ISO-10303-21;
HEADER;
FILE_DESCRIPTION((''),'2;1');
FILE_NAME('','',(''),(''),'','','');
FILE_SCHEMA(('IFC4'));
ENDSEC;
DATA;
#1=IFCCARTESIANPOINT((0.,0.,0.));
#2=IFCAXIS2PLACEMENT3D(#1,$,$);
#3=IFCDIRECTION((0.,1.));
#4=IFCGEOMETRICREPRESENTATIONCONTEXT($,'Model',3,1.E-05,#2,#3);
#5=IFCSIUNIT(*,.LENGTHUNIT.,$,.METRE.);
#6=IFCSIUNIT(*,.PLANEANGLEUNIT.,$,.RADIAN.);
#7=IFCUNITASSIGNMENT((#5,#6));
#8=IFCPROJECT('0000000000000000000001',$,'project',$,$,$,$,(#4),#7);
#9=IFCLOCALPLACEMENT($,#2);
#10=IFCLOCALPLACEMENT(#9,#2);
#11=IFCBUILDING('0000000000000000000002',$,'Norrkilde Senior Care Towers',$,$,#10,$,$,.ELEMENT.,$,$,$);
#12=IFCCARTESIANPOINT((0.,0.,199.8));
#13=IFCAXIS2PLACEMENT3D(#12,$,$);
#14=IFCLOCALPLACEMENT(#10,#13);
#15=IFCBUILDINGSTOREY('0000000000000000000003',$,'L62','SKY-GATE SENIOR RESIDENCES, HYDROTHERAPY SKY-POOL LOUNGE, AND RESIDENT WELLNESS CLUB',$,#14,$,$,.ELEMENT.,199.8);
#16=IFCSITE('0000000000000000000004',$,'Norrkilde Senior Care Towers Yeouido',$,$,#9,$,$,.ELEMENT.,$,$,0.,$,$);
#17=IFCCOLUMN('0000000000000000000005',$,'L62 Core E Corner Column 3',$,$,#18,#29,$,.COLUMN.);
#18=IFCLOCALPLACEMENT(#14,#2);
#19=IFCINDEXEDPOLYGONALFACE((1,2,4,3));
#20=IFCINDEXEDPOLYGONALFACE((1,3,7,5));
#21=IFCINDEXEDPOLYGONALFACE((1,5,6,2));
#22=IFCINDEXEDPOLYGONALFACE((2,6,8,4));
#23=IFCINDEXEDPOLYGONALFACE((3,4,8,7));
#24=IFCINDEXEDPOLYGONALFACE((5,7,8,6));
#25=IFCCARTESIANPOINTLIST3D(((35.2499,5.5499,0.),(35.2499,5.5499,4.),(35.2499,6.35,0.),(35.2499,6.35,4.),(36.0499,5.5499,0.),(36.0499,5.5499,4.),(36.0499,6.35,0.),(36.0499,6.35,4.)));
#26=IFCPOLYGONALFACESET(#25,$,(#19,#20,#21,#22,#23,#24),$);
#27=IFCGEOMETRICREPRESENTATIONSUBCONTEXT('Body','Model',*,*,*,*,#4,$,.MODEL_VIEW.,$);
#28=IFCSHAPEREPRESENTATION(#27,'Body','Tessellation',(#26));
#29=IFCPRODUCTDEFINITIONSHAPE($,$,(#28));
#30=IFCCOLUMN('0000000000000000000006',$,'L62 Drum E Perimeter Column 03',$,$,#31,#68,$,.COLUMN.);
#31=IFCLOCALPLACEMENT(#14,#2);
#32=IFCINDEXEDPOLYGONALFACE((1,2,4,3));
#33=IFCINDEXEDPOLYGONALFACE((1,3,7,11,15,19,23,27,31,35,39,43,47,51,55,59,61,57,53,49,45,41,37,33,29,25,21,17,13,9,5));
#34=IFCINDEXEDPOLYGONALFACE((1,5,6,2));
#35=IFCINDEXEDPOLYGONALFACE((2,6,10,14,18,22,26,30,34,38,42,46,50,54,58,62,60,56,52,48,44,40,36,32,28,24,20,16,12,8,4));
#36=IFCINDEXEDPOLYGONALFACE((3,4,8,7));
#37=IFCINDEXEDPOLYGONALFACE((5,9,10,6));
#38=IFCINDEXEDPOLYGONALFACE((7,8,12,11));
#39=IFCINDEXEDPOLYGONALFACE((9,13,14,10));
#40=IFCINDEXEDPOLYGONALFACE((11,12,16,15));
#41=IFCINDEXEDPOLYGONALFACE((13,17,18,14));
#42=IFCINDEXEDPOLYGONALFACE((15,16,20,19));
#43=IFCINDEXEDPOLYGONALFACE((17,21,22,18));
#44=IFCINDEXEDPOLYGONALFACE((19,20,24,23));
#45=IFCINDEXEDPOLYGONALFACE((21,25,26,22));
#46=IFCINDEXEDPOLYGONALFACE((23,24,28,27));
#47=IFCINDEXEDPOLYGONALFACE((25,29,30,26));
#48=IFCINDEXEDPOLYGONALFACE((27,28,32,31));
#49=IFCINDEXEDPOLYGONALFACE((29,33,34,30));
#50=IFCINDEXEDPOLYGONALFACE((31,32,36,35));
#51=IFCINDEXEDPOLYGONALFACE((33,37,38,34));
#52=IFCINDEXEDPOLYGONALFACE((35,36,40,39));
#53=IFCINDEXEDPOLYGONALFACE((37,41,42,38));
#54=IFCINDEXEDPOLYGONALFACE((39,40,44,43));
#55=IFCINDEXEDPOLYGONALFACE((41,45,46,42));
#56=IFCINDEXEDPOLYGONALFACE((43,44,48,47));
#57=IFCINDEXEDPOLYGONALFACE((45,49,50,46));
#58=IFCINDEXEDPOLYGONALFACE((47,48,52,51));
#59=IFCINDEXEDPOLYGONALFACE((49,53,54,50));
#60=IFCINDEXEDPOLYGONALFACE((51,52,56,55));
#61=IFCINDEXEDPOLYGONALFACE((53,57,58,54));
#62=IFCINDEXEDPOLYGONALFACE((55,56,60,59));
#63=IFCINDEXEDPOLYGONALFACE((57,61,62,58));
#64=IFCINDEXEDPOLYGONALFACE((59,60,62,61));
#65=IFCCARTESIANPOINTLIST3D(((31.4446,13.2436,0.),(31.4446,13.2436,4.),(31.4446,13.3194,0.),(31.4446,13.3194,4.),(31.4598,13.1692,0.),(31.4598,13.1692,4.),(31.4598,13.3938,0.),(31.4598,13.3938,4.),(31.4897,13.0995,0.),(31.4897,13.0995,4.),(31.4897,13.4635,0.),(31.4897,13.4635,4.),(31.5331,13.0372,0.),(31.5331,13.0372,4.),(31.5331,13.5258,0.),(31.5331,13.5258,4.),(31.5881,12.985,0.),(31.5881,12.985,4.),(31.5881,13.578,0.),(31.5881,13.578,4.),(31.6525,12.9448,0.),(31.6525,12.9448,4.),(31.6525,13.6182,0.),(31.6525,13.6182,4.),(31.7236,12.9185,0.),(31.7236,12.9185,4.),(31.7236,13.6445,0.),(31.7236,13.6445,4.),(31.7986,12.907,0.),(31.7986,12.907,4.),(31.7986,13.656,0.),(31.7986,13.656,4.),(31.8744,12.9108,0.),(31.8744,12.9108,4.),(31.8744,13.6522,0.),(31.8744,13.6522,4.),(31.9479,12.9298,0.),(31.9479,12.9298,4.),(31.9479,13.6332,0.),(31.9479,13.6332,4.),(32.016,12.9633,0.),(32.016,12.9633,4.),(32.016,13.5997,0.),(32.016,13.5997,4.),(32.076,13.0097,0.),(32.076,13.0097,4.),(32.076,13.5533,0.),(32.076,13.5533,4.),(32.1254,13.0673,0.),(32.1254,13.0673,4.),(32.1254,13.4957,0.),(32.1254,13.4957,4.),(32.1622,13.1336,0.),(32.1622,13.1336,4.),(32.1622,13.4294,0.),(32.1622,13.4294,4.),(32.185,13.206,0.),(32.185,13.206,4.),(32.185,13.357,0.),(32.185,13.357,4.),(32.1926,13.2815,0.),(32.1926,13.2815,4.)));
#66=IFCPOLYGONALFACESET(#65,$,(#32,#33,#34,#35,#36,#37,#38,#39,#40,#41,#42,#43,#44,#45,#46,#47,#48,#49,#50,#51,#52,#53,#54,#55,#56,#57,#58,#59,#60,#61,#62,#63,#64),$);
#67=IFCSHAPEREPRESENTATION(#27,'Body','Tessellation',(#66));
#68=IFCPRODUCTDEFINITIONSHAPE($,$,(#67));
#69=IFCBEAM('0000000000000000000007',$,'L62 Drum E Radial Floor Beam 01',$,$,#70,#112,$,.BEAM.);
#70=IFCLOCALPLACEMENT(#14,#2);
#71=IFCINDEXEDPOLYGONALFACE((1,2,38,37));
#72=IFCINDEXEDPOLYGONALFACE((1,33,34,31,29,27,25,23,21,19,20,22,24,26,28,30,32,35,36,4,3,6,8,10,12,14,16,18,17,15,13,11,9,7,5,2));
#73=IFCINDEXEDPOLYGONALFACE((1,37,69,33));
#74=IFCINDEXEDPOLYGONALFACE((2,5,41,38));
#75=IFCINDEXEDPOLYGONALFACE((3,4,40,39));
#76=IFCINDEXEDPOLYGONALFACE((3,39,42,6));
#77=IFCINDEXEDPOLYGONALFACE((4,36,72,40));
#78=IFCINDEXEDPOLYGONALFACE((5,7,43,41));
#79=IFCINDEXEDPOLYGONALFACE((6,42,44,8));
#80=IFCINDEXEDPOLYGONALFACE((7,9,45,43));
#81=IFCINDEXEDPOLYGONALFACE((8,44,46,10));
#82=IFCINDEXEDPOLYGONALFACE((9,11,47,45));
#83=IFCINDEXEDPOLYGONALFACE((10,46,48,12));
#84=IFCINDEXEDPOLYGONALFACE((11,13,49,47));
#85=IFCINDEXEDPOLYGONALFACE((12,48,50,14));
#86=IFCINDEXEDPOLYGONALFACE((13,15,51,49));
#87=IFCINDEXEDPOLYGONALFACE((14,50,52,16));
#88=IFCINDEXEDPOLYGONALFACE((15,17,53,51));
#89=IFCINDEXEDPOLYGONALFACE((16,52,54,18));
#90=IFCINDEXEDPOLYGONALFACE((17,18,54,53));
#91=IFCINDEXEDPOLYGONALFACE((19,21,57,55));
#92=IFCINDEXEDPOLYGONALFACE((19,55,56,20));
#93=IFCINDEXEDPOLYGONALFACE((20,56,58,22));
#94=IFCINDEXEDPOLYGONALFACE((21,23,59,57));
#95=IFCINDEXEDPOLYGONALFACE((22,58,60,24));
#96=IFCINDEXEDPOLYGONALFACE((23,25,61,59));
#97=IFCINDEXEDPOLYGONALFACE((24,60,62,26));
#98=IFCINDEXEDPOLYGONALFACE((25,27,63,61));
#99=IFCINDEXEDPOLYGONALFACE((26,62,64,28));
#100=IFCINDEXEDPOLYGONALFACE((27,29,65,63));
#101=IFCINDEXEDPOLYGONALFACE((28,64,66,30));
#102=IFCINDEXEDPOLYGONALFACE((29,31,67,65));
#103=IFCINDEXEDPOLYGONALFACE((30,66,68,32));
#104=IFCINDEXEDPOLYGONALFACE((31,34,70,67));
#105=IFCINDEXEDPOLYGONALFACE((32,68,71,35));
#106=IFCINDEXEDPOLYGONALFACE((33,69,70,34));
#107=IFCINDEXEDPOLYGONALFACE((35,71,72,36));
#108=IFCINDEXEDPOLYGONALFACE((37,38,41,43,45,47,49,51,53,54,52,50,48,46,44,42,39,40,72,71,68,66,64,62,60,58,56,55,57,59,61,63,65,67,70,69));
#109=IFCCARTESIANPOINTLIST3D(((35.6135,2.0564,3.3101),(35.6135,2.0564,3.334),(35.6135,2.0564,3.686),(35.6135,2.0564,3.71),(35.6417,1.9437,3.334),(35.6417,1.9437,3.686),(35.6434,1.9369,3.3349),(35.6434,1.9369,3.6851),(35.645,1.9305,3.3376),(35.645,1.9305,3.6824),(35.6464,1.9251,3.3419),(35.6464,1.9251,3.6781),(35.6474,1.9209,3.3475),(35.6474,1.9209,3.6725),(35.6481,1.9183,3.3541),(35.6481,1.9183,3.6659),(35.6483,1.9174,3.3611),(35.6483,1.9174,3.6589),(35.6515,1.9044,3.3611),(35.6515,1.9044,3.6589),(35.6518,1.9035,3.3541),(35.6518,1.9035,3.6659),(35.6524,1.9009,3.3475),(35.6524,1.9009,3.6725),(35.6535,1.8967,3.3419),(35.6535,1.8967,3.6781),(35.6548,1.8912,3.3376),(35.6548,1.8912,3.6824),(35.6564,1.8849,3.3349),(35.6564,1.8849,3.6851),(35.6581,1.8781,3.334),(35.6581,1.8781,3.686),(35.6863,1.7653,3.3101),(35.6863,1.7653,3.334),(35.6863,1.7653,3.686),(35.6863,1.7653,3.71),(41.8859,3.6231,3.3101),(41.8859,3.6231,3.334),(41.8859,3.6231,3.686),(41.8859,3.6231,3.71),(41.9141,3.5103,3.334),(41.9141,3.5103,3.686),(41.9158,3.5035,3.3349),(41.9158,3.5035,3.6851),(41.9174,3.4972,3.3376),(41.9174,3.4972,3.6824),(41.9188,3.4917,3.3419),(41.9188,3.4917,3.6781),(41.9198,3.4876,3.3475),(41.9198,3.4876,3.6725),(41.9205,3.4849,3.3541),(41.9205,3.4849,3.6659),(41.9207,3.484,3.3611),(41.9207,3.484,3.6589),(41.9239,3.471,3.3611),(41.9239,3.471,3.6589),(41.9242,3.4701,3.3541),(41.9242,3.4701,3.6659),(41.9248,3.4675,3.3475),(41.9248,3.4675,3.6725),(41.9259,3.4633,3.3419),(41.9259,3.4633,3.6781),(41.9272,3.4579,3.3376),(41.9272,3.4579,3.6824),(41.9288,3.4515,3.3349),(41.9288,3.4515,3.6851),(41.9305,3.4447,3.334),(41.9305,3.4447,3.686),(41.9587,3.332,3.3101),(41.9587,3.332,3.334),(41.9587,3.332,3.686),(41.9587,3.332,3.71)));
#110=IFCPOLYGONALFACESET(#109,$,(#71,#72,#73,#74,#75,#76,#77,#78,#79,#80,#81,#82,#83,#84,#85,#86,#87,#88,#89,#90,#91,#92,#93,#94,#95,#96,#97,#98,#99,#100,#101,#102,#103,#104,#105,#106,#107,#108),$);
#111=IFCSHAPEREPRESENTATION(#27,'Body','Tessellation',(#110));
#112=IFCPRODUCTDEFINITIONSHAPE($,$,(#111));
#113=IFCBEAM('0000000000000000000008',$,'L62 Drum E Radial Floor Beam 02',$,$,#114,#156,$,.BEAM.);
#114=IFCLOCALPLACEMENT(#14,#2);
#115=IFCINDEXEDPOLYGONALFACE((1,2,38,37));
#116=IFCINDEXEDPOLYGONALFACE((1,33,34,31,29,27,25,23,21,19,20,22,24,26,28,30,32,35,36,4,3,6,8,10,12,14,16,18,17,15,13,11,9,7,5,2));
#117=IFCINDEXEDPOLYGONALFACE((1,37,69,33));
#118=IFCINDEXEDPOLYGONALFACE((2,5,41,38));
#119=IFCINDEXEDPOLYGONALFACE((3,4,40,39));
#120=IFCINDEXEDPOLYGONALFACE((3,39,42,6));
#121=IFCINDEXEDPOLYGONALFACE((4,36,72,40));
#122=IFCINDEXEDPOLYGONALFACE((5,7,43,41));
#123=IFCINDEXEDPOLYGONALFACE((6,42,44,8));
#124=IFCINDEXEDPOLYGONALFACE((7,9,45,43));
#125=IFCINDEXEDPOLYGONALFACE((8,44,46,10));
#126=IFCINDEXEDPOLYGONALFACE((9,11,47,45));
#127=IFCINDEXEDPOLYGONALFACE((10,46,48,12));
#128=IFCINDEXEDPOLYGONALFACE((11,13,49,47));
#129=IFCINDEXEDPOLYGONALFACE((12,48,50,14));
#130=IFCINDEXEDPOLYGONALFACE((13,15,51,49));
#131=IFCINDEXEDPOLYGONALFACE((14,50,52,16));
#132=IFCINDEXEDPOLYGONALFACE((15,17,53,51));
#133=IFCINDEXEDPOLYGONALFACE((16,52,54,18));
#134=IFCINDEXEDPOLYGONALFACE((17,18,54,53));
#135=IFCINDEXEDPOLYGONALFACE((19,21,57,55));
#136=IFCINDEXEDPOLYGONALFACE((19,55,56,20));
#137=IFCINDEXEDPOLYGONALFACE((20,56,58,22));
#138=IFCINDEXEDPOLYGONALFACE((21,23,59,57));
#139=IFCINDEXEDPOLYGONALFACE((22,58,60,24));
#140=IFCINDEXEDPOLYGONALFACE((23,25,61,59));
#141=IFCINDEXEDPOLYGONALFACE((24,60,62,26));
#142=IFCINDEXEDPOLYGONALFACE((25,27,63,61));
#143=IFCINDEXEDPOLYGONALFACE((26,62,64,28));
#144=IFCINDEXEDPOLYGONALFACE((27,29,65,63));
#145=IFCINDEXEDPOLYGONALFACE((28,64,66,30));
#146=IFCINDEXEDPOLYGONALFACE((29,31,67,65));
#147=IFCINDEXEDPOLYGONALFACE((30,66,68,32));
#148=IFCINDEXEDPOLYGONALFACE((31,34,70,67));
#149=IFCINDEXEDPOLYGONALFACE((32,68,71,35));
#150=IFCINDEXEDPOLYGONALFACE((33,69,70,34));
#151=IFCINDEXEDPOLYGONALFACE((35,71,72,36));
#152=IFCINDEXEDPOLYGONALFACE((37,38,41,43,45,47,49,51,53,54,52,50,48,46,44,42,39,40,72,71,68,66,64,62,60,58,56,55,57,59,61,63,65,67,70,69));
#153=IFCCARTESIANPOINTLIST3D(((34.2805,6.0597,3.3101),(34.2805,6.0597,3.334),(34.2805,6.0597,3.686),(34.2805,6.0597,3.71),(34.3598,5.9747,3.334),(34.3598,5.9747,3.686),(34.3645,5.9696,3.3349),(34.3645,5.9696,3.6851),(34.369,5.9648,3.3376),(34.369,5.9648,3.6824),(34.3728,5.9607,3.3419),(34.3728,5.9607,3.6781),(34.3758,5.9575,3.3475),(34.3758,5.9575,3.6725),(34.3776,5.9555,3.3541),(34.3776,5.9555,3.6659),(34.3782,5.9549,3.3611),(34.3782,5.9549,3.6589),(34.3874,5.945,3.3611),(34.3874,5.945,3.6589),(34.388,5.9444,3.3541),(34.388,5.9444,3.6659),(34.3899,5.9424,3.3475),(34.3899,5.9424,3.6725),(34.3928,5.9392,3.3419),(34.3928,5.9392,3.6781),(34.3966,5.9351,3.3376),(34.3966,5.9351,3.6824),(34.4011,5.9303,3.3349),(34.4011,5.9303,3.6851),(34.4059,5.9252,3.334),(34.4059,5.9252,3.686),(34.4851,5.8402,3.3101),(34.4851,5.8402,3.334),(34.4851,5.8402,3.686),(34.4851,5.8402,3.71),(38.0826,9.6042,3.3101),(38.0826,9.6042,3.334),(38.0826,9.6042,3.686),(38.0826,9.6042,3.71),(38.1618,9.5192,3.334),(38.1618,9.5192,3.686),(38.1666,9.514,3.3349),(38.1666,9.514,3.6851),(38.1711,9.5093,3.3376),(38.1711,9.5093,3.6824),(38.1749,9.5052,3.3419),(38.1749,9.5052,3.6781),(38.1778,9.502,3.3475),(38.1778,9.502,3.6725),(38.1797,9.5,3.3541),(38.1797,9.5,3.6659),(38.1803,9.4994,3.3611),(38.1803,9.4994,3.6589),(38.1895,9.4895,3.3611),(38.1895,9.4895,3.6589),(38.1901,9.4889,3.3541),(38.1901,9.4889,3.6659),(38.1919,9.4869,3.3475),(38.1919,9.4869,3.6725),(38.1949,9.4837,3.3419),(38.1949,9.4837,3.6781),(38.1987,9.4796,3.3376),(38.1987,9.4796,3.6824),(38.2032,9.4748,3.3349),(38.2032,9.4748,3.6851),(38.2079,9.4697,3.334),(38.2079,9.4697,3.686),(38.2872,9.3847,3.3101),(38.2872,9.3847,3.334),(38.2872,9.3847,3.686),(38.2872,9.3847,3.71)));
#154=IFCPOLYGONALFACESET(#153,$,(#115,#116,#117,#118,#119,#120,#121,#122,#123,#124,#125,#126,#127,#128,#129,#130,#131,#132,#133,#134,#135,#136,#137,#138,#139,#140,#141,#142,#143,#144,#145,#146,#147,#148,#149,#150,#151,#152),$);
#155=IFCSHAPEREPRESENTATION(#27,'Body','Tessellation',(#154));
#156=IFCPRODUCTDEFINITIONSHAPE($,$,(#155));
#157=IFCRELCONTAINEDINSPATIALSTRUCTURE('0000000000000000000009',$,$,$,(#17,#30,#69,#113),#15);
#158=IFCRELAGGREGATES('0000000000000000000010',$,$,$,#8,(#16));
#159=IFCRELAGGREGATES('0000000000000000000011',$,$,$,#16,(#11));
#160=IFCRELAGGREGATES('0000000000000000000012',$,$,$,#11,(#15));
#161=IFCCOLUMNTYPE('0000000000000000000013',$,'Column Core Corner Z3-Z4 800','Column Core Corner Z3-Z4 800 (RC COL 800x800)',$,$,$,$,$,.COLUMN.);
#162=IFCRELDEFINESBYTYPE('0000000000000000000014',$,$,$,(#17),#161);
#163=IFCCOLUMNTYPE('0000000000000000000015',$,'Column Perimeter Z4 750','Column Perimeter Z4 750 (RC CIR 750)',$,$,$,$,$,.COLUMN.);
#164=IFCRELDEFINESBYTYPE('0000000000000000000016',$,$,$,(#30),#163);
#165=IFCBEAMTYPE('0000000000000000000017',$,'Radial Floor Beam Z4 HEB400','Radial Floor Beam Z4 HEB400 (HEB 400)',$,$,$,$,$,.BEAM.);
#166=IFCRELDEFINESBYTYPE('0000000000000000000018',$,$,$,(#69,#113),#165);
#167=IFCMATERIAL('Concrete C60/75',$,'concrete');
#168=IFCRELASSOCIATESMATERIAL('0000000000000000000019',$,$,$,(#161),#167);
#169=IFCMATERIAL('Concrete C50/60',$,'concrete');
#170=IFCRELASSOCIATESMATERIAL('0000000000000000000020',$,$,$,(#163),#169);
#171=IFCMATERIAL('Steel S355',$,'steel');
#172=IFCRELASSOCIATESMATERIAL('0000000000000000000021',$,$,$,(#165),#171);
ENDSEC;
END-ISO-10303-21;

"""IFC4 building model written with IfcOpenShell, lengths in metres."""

from ifc_helpers import new_model, si_unit, direction, frame, origin, origin_2d, place, context, subcontext, project, spatial, rectangle, circle, i_section, extrude, source, transform, mapped, material, material_profile, profile_set, type_object, type_shapes, element, save


model = new_model("IFC4")

# Units and contexts
model_context = context("Model", 3, precision=1e-05, world=origin(), true_north=direction((0.0, 1.0)))
body_context = subcontext(model_context, "Body", "Model", "MODEL_VIEW")
ifc_project = project(units=[si_unit("LENGTHUNIT", "METRE"), si_unit("PLANEANGLEUNIT", "RADIAN")], contexts=[model_context])

# Site, building, storey
site_placement = place(None, origin())
site = spatial("IfcSite", under=ifc_project, at=site_placement, Name="Norrkilde Senior Care Towers Yeouido", CompositionType="ELEMENT", RefElevation=0.0)
building_placement = place(site_placement, origin())
building = spatial("IfcBuilding", under=site, at=building_placement, Name="Norrkilde Senior Care Towers", CompositionType="ELEMENT")
storey_placement = place(building_placement, frame((0.0, 0.0, 199.8)))
storey = spatial("IfcBuildingStorey", under=building, at=storey_placement, Name="L62", Description="SKY-GATE SENIOR RESIDENCES, HYDROTHERAPY SKY-POOL LOUNGE, AND RESIDENT WELLNESS CLUB", CompositionType="ELEMENT", Elevation=199.8)

# Columns
ifc_material_1 = material(Name="Concrete C60/75", Category="concrete")
ifc_material_profile_1 = material_profile(ifc_material_1, rectangle(XDim=0.8, YDim=0.8, at=origin_2d()), Name="RC COL 800x800")
ifc_profile_set_1 = profile_set([ifc_material_profile_1], Name="Concrete C60/75")
column_type_1 = type_object("IfcColumnType", Name="Column Core Corner Z3-Z4 800", Description="Column Core Corner Z3-Z4 800 (RC COL 800x800)", PredefinedType="COLUMN", material=ifc_profile_set_1)
shared_shape_1 = source(origin(), body_context, "Body", "SweptSolid", [
    extrude(rectangle(XDim=0.8, YDim=0.8, at=origin_2d()), origin(), (0.0, 0.0, 1.0), 4.0),
])
type_shapes(column_type_1, [shared_shape_1])
column_1_placement = place(storey_placement, frame((35.6499, 5.95, 0.0), z_axis=(0.0, 0.0, 1.0), x_axis=(1.0, 0.0, 0.0)))
element("IfcColumn", 1, at=column_1_placement, inside=storey, type_object=column_type_1, Name="L62 Core E Corner Column 3", PredefinedType="COLUMN", context=body_context, shape_type="MappedRepresentation", body=[
    mapped(shared_shape_1, transform((0.0, 0.0, 0.0), x_axis=(1.0, 0.0, 0.0), y_axis=(0.0, 1.0, 0.0), z_axis=(0.0, 0.0, 1.0), scale=1.0)),
])
ifc_material_2 = material(Name="Concrete C50/60", Category="concrete")
ifc_material_profile_2 = material_profile(ifc_material_2, circle(Radius=0.375, at=origin_2d()), Name="RC CIR 750")
ifc_profile_set_2 = profile_set([ifc_material_profile_2], Name="Concrete C50/60")
column_type_2 = type_object("IfcColumnType", Name="Column Perimeter Z4 750", Description="Column Perimeter Z4 750 (RC CIR 750)", PredefinedType="COLUMN", material=ifc_profile_set_2)
shared_shape_2 = source(origin(), body_context, "Body", "SweptSolid", [
    extrude(circle(Radius=0.375, at=origin_2d()), origin(), (0.0, 0.0, 1.0), 4.0),
])
type_shapes(column_type_2, [shared_shape_2])
column_2_placement = place(storey_placement, frame((31.8176, 13.2815, 0.0), z_axis=(0.0, 0.0, 1.0), x_axis=(1.0, 0.0, 0.0)))
element("IfcColumn", 2, at=column_2_placement, inside=storey, type_object=column_type_2, Name="L62 Drum E Perimeter Column 03", PredefinedType="COLUMN", context=body_context, shape_type="MappedRepresentation", body=[
    mapped(shared_shape_2, transform((0.0, 0.0, 0.0), x_axis=(1.0, 0.0, 0.0), y_axis=(0.0, 1.0, 0.0), z_axis=(0.0, 0.0, 1.0), scale=1.0)),
])

# Beams
ifc_material_3 = material(Name="Steel S355", Category="steel")
ifc_material_profile_3 = material_profile(ifc_material_3, i_section(OverallWidth=0.3, OverallDepth=0.3999, WebThickness=0.0134, FlangeThickness=0.0239, FilletRadius=0.0271, at=origin_2d()), Name="HEB 400")
ifc_profile_set_3 = profile_set([ifc_material_profile_3], Name="Steel S355")
beam_type_1 = type_object("IfcBeamType", Name="Radial Floor Beam Z4 HEB400", Description="Radial Floor Beam Z4 HEB400 (HEB 400)", PredefinedType="BEAM", material=ifc_profile_set_3)
shared_shape_3 = source(origin(), body_context, "Body", "SweptSolid", [
    extrude(i_section(OverallWidth=0.3, OverallDepth=0.3999, WebThickness=0.0134, FlangeThickness=0.0239, FilletRadius=0.0271, at=origin_2d()), origin(), (0.0, 0.0, 1.0), 6.4651),
])
beam_1_placement = place(storey_placement, frame((35.6499, 1.9109, 3.51), z_axis=(0.970196, 0.242322, 0.0), x_axis=(-0.242322, 0.970196, 0.0)))
element("IfcBeam", 3, at=beam_1_placement, inside=storey, type_object=beam_type_1, Name="L62 Drum E Radial Floor Beam 01", PredefinedType="BEAM", context=body_context, shape_type="MappedRepresentation", body=[
    mapped(shared_shape_3, transform((0.0, 0.0, 0.0), x_axis=(1.0, 0.0, 0.0), y_axis=(0.0, 1.0, 0.0), z_axis=(0.0, 0.0, 1.0), scale=1.0)),
])
shared_shape_4 = source(origin(), body_context, "Body", "SweptSolid", [
    extrude(i_section(OverallWidth=0.3, OverallDepth=0.3999, WebThickness=0.0134, FlangeThickness=0.0239, FilletRadius=0.0271, at=origin_2d()), origin(), (0.0, 0.0, 1.0), 5.198),
])
beam_2_placement = place(storey_placement, frame((34.3828, 5.95, 3.51), z_axis=(0.731449, 0.681896, 0.0), x_axis=(-0.681896, 0.731449, 0.0)))
element("IfcBeam", 4, at=beam_2_placement, inside=storey, type_object=beam_type_1, Name="L62 Drum E Radial Floor Beam 02", PredefinedType="BEAM", context=body_context, shape_type="MappedRepresentation", body=[
    mapped(shared_shape_4, transform((0.0, 0.0, 0.0), x_axis=(1.0, 0.0, 0.0), y_axis=(0.0, 1.0, 0.0), z_axis=(0.0, 0.0, 1.0), scale=1.0)),
])

save(model, "model.ifc")
